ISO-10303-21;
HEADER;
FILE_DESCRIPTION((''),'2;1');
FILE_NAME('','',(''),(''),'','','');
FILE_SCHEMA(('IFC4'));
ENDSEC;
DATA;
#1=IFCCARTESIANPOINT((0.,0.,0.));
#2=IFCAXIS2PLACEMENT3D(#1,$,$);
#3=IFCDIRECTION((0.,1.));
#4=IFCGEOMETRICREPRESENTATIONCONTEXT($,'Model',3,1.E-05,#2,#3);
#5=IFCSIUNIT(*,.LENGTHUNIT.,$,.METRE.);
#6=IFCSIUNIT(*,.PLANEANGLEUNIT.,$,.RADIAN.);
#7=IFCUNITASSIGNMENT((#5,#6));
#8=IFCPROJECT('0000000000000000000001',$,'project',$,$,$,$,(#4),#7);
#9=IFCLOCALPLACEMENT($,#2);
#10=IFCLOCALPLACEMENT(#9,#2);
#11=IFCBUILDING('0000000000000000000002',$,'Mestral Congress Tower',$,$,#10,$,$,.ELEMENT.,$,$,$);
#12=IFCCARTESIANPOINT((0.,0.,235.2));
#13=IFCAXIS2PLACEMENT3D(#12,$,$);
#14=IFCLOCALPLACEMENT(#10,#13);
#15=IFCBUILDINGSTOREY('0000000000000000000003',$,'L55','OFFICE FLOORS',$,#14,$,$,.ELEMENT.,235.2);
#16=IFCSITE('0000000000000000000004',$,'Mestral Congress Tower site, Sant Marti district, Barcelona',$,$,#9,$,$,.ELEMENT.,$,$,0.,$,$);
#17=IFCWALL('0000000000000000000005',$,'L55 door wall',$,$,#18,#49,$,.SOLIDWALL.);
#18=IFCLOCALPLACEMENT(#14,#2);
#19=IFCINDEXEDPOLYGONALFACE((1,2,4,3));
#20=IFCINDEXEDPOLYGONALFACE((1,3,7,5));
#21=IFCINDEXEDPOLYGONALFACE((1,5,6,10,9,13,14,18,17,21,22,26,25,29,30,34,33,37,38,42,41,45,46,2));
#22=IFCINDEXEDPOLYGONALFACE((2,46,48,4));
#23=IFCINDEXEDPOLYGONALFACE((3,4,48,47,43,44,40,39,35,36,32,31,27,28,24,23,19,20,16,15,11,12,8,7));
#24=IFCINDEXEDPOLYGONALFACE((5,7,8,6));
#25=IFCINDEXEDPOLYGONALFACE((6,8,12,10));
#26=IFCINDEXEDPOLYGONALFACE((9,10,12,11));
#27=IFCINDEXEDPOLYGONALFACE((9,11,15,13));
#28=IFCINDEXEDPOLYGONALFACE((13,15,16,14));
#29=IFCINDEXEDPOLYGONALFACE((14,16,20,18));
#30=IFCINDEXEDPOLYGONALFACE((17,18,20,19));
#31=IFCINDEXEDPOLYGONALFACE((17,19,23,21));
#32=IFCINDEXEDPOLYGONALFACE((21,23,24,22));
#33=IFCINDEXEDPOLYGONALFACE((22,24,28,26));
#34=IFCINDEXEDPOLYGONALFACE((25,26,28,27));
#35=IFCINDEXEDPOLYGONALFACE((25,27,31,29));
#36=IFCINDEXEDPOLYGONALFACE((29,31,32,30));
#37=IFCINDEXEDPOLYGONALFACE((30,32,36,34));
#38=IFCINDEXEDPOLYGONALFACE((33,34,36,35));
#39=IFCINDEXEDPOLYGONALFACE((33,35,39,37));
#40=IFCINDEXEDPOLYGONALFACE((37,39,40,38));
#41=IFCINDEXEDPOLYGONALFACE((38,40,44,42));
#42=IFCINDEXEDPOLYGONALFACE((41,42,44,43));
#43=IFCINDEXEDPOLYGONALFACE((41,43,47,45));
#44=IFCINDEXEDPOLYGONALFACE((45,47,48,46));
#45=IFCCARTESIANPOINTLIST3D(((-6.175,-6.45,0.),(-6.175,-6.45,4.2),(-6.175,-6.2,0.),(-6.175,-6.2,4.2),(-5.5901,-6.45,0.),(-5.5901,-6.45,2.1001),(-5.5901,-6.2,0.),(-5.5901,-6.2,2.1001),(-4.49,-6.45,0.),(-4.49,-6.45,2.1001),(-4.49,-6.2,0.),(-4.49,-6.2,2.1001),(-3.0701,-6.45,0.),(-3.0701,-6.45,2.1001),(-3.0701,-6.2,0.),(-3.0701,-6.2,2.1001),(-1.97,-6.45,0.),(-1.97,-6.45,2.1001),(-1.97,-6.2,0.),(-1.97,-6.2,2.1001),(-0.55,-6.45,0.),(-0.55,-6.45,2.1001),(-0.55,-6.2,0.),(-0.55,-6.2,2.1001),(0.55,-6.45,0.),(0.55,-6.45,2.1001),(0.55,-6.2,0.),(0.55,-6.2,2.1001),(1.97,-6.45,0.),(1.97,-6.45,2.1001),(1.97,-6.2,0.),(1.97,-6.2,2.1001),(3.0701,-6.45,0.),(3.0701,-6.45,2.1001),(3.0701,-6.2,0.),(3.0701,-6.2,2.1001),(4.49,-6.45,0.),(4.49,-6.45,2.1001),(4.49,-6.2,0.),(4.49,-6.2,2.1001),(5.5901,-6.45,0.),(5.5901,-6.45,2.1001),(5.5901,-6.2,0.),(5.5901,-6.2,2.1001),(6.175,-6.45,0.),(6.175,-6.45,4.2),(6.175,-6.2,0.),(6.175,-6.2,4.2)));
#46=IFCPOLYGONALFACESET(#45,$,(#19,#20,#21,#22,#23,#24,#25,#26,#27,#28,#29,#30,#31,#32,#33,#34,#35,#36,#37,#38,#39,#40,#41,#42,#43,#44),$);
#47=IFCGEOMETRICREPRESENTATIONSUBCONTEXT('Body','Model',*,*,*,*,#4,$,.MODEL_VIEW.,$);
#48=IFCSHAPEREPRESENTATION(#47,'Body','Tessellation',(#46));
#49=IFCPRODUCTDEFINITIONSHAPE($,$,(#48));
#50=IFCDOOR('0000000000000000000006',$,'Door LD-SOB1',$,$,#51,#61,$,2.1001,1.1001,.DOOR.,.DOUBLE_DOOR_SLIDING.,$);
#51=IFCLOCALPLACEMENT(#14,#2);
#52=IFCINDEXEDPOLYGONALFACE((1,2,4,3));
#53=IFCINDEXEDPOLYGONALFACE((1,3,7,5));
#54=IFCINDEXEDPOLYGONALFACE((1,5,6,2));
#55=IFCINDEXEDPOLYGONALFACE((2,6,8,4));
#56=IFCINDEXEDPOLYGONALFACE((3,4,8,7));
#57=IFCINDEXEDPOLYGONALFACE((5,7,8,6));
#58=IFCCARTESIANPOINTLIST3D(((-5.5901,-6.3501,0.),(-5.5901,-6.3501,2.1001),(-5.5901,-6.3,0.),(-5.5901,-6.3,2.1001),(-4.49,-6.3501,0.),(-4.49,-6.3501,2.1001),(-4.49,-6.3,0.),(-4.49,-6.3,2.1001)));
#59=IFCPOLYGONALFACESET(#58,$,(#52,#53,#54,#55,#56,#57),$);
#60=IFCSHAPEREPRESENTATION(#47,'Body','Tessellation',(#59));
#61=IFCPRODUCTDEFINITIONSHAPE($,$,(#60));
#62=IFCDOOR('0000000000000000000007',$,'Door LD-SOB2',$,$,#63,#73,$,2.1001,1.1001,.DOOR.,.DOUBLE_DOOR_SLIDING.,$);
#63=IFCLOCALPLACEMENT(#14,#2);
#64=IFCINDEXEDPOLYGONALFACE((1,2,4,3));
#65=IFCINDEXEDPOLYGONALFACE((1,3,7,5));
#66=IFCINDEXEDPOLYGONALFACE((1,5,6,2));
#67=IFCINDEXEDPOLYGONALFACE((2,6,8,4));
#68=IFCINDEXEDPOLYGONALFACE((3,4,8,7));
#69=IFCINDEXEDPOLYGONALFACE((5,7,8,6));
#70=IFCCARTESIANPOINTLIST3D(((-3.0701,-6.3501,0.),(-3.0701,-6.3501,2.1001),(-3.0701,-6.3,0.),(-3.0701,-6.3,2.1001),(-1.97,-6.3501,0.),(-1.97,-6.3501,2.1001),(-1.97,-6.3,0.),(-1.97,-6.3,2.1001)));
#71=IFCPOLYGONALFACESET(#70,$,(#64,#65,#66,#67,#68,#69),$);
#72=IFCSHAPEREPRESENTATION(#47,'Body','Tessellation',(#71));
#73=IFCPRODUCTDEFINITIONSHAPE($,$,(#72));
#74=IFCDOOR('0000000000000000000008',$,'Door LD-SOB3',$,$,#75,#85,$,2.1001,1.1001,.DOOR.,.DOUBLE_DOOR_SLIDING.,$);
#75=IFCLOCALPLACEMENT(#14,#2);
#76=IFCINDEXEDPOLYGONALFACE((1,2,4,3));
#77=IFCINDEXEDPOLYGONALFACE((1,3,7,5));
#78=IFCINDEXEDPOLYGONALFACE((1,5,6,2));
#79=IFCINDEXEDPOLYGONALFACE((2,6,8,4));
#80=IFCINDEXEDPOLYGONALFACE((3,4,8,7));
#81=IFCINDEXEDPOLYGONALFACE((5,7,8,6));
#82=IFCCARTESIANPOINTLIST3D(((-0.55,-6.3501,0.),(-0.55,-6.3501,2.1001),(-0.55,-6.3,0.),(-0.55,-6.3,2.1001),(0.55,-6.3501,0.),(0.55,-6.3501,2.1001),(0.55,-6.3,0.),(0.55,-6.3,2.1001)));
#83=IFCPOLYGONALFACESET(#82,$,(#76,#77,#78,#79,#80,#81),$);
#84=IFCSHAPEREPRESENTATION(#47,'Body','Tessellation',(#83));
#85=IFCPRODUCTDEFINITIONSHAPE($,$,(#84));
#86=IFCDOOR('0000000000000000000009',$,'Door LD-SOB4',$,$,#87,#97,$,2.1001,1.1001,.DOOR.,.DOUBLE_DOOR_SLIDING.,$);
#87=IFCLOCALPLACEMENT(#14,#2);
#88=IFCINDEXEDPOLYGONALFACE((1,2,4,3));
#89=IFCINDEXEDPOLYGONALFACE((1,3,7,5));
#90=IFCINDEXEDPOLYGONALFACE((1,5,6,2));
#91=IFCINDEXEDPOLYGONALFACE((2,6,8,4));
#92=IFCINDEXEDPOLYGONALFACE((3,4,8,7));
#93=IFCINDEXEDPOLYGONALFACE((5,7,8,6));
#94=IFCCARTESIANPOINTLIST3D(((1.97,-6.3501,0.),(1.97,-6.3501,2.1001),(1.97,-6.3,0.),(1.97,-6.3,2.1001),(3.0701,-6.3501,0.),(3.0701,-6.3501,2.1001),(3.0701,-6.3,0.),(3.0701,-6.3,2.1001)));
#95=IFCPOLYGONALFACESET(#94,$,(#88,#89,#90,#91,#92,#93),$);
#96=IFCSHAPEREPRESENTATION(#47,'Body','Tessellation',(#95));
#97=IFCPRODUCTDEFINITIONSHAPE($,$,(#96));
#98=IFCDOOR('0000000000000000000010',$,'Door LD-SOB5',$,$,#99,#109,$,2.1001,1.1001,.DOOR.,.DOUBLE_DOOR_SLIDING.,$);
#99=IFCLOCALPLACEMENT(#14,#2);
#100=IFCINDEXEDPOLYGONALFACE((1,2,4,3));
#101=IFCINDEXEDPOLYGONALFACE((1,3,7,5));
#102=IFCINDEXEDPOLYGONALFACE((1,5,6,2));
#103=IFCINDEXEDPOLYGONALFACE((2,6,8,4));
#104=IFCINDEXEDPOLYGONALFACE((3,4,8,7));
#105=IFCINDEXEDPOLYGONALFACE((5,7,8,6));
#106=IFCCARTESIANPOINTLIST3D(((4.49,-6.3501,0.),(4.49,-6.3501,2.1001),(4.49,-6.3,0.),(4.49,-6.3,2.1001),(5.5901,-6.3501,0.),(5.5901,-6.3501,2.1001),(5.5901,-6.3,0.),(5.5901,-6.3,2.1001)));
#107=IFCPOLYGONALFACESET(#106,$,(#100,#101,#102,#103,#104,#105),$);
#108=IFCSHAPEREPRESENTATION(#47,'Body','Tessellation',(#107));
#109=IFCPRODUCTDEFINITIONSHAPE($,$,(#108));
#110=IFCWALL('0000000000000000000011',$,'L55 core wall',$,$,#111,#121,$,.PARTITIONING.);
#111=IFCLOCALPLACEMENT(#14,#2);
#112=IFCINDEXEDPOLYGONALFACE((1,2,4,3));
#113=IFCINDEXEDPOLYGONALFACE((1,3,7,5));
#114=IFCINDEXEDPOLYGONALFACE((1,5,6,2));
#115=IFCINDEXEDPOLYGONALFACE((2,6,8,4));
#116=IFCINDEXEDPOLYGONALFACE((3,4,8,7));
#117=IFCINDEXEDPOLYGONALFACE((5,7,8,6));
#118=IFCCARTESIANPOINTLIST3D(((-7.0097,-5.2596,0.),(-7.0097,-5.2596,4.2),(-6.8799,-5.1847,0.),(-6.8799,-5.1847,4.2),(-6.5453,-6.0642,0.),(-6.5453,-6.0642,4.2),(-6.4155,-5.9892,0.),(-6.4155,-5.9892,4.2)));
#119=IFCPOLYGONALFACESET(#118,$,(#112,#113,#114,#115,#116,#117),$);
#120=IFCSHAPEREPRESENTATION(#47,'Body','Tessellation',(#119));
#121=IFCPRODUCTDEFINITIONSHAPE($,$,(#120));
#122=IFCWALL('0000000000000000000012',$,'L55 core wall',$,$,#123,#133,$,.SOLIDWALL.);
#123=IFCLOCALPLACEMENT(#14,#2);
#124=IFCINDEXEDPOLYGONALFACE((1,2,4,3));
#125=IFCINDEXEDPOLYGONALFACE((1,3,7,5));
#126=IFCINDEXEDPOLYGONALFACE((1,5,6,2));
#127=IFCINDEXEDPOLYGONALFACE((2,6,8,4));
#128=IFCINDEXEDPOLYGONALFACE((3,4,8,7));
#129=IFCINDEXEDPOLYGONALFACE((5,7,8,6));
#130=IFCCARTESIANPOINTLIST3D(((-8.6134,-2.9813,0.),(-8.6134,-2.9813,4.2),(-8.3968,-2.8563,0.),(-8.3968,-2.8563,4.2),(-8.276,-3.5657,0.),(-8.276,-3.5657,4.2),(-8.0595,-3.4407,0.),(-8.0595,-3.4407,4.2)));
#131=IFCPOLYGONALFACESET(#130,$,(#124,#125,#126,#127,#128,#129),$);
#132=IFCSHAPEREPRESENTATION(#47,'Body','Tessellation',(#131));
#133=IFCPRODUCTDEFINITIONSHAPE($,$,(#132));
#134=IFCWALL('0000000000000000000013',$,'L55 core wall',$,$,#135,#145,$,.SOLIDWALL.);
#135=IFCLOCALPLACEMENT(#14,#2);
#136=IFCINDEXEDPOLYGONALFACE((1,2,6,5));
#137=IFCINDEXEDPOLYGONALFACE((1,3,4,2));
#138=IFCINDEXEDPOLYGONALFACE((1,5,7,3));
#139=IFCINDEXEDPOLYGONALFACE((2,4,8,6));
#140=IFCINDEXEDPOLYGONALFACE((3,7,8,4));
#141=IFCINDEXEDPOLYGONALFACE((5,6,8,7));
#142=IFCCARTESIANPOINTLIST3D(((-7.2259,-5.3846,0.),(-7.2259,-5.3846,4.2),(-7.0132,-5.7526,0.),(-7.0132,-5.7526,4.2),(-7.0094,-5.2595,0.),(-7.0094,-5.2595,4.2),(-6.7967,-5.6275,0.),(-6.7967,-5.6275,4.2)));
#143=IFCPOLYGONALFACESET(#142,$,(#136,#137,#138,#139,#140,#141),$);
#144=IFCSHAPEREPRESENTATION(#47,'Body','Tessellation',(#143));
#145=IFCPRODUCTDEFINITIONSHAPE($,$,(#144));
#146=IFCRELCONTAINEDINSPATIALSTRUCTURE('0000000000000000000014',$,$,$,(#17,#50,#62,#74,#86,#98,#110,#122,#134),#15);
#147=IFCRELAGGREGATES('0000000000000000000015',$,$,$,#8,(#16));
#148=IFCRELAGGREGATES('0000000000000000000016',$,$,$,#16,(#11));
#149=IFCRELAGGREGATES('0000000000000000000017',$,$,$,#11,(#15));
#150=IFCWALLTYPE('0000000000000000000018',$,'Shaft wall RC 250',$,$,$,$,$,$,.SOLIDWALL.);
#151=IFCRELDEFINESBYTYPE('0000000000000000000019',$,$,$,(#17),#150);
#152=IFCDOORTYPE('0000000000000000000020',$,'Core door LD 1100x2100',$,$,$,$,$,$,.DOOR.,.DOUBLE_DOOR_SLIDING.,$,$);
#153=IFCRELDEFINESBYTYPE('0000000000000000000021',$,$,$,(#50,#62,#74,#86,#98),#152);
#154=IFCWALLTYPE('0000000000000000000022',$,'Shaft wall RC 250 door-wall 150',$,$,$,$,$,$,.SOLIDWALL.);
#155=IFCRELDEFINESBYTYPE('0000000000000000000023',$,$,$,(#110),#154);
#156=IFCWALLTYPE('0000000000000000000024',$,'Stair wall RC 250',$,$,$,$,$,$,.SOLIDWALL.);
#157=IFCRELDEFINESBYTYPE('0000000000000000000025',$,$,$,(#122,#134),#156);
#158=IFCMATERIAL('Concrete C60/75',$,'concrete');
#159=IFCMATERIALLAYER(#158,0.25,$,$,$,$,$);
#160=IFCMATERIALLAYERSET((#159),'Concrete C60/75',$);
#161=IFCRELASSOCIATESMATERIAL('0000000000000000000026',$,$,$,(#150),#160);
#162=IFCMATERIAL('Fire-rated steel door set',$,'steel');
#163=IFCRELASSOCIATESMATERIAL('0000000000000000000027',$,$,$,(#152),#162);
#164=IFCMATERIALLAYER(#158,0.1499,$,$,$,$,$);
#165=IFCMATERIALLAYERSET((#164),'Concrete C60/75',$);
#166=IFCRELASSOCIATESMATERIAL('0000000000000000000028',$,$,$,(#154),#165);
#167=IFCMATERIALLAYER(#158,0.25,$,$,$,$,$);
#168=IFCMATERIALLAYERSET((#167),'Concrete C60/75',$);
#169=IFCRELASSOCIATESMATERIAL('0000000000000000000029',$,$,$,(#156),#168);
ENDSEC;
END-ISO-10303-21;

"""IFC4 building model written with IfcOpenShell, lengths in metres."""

from ifc_helpers import new_model, si_unit, direction, frame, frame_2d, origin, place, context, subcontext, project, spatial, rectangle, extrude, material, layer, layer_set, type_object, element, fill, save


model = new_model("IFC4")

# Units and contexts
model_context = context("Model", 3, precision=1e-05, world=origin(), true_north=direction((0.0, 1.0)))
body_context = subcontext(model_context, "Body", "Model", "MODEL_VIEW")
ifc_project = project(units=[si_unit("LENGTHUNIT", "METRE"), si_unit("PLANEANGLEUNIT", "RADIAN")], contexts=[model_context])

# Site, building, storey
site_placement = place(None, origin())
site = spatial("IfcSite", under=ifc_project, at=site_placement, Name="Mestral Congress Tower site, Sant Marti district, Barcelona", CompositionType="ELEMENT", RefElevation=0.0)
building_placement = place(site_placement, origin())
building = spatial("IfcBuilding", under=site, at=building_placement, Name="Mestral Congress Tower", CompositionType="ELEMENT")
storey_placement = place(building_placement, frame((0.0, 0.0, 235.2)))
storey = spatial("IfcBuildingStorey", under=building, at=storey_placement, Name="L55", Description="OFFICE FLOORS", CompositionType="ELEMENT", Elevation=235.2)

# Shared definitions
ifc_material_1 = material(Name="Fire-rated steel door set", Category="steel")

# Shared definitions
ifc_material_2 = material(Name="Concrete C60/75", Category="concrete")
ifc_layer_1 = layer(ifc_material_2, 0.25)
ifc_layer_set_1 = layer_set([ifc_layer_1], Name="Concrete C60/75")
wall_type_1 = type_object("IfcWallType", Name="Shaft wall RC 250", PredefinedType="SOLIDWALL", material=ifc_layer_set_1)

# Wall, openings, doors
wall_1_placement = place(storey_placement, frame((-6.175, -6.325, 0.0), z_axis=(0.0, 0.0, 1.0), x_axis=(1.0, 0.0, 0.0)))
wall_1 = element("IfcWall", 1, at=wall_1_placement, inside=storey, type_object=wall_type_1, Name="L55 door wall", PredefinedType="SOLIDWALL", context=body_context, shape_type="SweptSolid", body=[
    extrude(rectangle(XDim=12.3501, YDim=0.25, at=frame_2d((6.175, 0.0))), origin(), (0.0, 0.0, 1.0), 4.2),
])
opening_1_placement = place(wall_1_placement, frame((0.585, 0.0, 0.0)))
opening_1 = element("IfcOpeningElement", 2, at=opening_1_placement, cuts=wall_1, PredefinedType="OPENING", context=body_context, shape_type="SweptSolid", body=[
    extrude(rectangle(XDim=1.1001, YDim=2.1001, at=frame_2d((0.55, 1.05))), frame((0.0, 0.135, 0.0), z_axis=(0.0, -1.0, 0.0), x_axis=(1.0, 0.0, 0.0)), (0.0, 0.0, 1.0), 0.27),
])
opening_2_placement = place(wall_1_placement, frame((3.105, 0.0, 0.0)))
opening_2 = element("IfcOpeningElement", 3, at=opening_2_placement, cuts=wall_1, PredefinedType="OPENING", context=body_context, shape_type="SweptSolid", body=[
    extrude(rectangle(XDim=1.1001, YDim=2.1001, at=frame_2d((0.55, 1.05))), frame((0.0, 0.135, 0.0), z_axis=(0.0, -1.0, 0.0), x_axis=(1.0, 0.0, 0.0)), (0.0, 0.0, 1.0), 0.27),
])
opening_3_placement = place(wall_1_placement, frame((5.625, 0.0, 0.0)))
opening_3 = element("IfcOpeningElement", 4, at=opening_3_placement, cuts=wall_1, PredefinedType="OPENING", context=body_context, shape_type="SweptSolid", body=[
    extrude(rectangle(XDim=1.1001, YDim=2.1001, at=frame_2d((0.55, 1.05))), frame((0.0, 0.135, 0.0), z_axis=(0.0, -1.0, 0.0), x_axis=(1.0, 0.0, 0.0)), (0.0, 0.0, 1.0), 0.27),
])
opening_4_placement = place(wall_1_placement, frame((8.145, 0.0, 0.0)))
opening_4 = element("IfcOpeningElement", 5, at=opening_4_placement, cuts=wall_1, PredefinedType="OPENING", context=body_context, shape_type="SweptSolid", body=[
    extrude(rectangle(XDim=1.1001, YDim=2.1001, at=frame_2d((0.55, 1.05))), frame((0.0, 0.135, 0.0), z_axis=(0.0, -1.0, 0.0), x_axis=(1.0, 0.0, 0.0)), (0.0, 0.0, 1.0), 0.27),
])
opening_5_placement = place(wall_1_placement, frame((10.665, 0.0, 0.0)))
opening_5 = element("IfcOpeningElement", 6, at=opening_5_placement, cuts=wall_1, PredefinedType="OPENING", context=body_context, shape_type="SweptSolid", body=[
    extrude(rectangle(XDim=1.1001, YDim=2.1001, at=frame_2d((0.55, 1.05))), frame((0.0, 0.135, 0.0), z_axis=(0.0, -1.0, 0.0), x_axis=(1.0, 0.0, 0.0)), (0.0, 0.0, 1.0), 0.27),
])
door_type_1 = type_object("IfcDoorType", Name="Core door LD 1100x2100", OperationType="DOUBLE_DOOR_SLIDING", PredefinedType="DOOR", material=ifc_material_1)
door_1_placement = place(opening_1_placement, origin())
door_1 = element("IfcDoor", 7, at=door_1_placement, inside=storey, type_object=door_type_1, Name="Door LD-SOB1", OperationType="DOUBLE_DOOR_SLIDING", OverallHeight=2.1001, OverallWidth=1.1001, PredefinedType="DOOR", context=body_context, shape_type="SweptSolid", body=[
    extrude(rectangle(XDim=1.1001, YDim=2.1001, at=frame_2d((0.55, 1.05))), frame((0.0, 0.0249, 0.0), z_axis=(0.0, -1.0, 0.0), x_axis=(1.0, 0.0, 0.0)), (0.0, 0.0, 1.0), 0.05),
])
fill(opening_1, door_1)
door_2_placement = place(opening_2_placement, origin())
door_2 = element("IfcDoor", 8, at=door_2_placement, inside=storey, type_object=door_type_1, Name="Door LD-SOB2", OperationType="DOUBLE_DOOR_SLIDING", OverallHeight=2.1001, OverallWidth=1.1001, PredefinedType="DOOR", context=body_context, shape_type="SweptSolid", body=[
    extrude(rectangle(XDim=1.1001, YDim=2.1001, at=frame_2d((0.55, 1.05))), frame((0.0, 0.0249, 0.0), z_axis=(0.0, -1.0, 0.0), x_axis=(1.0, 0.0, 0.0)), (0.0, 0.0, 1.0), 0.05),
])
fill(opening_2, door_2)
door_3_placement = place(opening_3_placement, origin())
door_3 = element("IfcDoor", 9, at=door_3_placement, inside=storey, type_object=door_type_1, Name="Door LD-SOB3", OperationType="DOUBLE_DOOR_SLIDING", OverallHeight=2.1001, OverallWidth=1.1001, PredefinedType="DOOR", context=body_context, shape_type="SweptSolid", body=[
    extrude(rectangle(XDim=1.1001, YDim=2.1001, at=frame_2d((0.55, 1.05))), frame((0.0, 0.0249, 0.0), z_axis=(0.0, -1.0, 0.0), x_axis=(1.0, 0.0, 0.0)), (0.0, 0.0, 1.0), 0.05),
])
fill(opening_3, door_3)
door_4_placement = place(opening_4_placement, origin())
door_4 = element("IfcDoor", 10, at=door_4_placement, inside=storey, type_object=door_type_1, Name="Door LD-SOB4", OperationType="DOUBLE_DOOR_SLIDING", OverallHeight=2.1001, OverallWidth=1.1001, PredefinedType="DOOR", context=body_context, shape_type="SweptSolid", body=[
    extrude(rectangle(XDim=1.1001, YDim=2.1001, at=frame_2d((0.55, 1.05))), frame((0.0, 0.0249, 0.0), z_axis=(0.0, -1.0, 0.0), x_axis=(1.0, 0.0, 0.0)), (0.0, 0.0, 1.0), 0.05),
])
fill(opening_4, door_4)
door_5_placement = place(opening_5_placement, origin())
door_5 = element("IfcDoor", 11, at=door_5_placement, inside=storey, type_object=door_type_1, Name="Door LD-SOB5", OperationType="DOUBLE_DOOR_SLIDING", OverallHeight=2.1001, OverallWidth=1.1001, PredefinedType="DOOR", context=body_context, shape_type="SweptSolid", body=[
    extrude(rectangle(XDim=1.1001, YDim=2.1001, at=frame_2d((0.55, 1.05))), frame((0.0, 0.0249, 0.0), z_axis=(0.0, -1.0, 0.0), x_axis=(1.0, 0.0, 0.0)), (0.0, 0.0, 1.0), 0.05),
])
fill(opening_5, door_5)

# Walls
ifc_layer_2 = layer(ifc_material_2, 0.1499)
ifc_layer_set_2 = layer_set([ifc_layer_2], Name="Concrete C60/75")
wall_type_2 = type_object("IfcWallType", Name="Shaft wall RC 250 door-wall 150", PredefinedType="SOLIDWALL", material=ifc_layer_set_2)
wall_2_placement = place(storey_placement, frame((-6.4805, -6.0266, 0.0), z_axis=(0.0, 0.0, 1.0), x_axis=(-0.499927, 0.866067, 0.0)))
element("IfcWall", 12, at=wall_2_placement, inside=storey, type_object=wall_type_2, Name="L55 core wall", PredefinedType="PARTITIONING", context=body_context, shape_type="SweptSolid", body=[
    extrude(rectangle(XDim=0.929, YDim=0.1499, at=frame_2d((0.4644, 0.0))), origin(), (0.0, 0.0, 1.0), 4.2),
])
ifc_layer_3 = layer(ifc_material_2, 0.25)
ifc_layer_set_3 = layer_set([ifc_layer_3], Name="Concrete C60/75")
wall_type_3 = type_object("IfcWallType", Name="Stair wall RC 250", PredefinedType="SOLIDWALL", material=ifc_layer_set_3)
wall_3_placement = place(storey_placement, frame((-8.1677, -3.5032, 0.0), z_axis=(0.0, 0.0, 1.0), x_axis=(-0.499952, 0.866053, 0.0)))
element("IfcWall", 13, at=wall_3_placement, inside=storey, type_object=wall_type_3, Name="L55 core wall", PredefinedType="SOLIDWALL", context=body_context, shape_type="SweptSolid", body=[
    extrude(rectangle(XDim=0.6748, YDim=0.25, at=frame_2d((0.3374, 0.0))), origin(), (0.0, 0.0, 1.0), 4.2),
])
wall_4_placement = place(storey_placement, frame((-6.905, -5.6899, 0.0), z_axis=(0.0, 0.0, 1.0), x_axis=(-0.500402, 0.865793, 0.0)))
element("IfcWall", 14, at=wall_4_placement, inside=storey, type_object=wall_type_3, Name="L55 core wall", PredefinedType="SOLIDWALL", context=body_context, shape_type="SweptSolid", body=[
    extrude(rectangle(XDim=0.425, YDim=0.25, at=frame_2d((0.2124, 0.0))), origin(), (0.0, 0.0, 1.0), 4.2),
])

save(model, "model.ifc")
